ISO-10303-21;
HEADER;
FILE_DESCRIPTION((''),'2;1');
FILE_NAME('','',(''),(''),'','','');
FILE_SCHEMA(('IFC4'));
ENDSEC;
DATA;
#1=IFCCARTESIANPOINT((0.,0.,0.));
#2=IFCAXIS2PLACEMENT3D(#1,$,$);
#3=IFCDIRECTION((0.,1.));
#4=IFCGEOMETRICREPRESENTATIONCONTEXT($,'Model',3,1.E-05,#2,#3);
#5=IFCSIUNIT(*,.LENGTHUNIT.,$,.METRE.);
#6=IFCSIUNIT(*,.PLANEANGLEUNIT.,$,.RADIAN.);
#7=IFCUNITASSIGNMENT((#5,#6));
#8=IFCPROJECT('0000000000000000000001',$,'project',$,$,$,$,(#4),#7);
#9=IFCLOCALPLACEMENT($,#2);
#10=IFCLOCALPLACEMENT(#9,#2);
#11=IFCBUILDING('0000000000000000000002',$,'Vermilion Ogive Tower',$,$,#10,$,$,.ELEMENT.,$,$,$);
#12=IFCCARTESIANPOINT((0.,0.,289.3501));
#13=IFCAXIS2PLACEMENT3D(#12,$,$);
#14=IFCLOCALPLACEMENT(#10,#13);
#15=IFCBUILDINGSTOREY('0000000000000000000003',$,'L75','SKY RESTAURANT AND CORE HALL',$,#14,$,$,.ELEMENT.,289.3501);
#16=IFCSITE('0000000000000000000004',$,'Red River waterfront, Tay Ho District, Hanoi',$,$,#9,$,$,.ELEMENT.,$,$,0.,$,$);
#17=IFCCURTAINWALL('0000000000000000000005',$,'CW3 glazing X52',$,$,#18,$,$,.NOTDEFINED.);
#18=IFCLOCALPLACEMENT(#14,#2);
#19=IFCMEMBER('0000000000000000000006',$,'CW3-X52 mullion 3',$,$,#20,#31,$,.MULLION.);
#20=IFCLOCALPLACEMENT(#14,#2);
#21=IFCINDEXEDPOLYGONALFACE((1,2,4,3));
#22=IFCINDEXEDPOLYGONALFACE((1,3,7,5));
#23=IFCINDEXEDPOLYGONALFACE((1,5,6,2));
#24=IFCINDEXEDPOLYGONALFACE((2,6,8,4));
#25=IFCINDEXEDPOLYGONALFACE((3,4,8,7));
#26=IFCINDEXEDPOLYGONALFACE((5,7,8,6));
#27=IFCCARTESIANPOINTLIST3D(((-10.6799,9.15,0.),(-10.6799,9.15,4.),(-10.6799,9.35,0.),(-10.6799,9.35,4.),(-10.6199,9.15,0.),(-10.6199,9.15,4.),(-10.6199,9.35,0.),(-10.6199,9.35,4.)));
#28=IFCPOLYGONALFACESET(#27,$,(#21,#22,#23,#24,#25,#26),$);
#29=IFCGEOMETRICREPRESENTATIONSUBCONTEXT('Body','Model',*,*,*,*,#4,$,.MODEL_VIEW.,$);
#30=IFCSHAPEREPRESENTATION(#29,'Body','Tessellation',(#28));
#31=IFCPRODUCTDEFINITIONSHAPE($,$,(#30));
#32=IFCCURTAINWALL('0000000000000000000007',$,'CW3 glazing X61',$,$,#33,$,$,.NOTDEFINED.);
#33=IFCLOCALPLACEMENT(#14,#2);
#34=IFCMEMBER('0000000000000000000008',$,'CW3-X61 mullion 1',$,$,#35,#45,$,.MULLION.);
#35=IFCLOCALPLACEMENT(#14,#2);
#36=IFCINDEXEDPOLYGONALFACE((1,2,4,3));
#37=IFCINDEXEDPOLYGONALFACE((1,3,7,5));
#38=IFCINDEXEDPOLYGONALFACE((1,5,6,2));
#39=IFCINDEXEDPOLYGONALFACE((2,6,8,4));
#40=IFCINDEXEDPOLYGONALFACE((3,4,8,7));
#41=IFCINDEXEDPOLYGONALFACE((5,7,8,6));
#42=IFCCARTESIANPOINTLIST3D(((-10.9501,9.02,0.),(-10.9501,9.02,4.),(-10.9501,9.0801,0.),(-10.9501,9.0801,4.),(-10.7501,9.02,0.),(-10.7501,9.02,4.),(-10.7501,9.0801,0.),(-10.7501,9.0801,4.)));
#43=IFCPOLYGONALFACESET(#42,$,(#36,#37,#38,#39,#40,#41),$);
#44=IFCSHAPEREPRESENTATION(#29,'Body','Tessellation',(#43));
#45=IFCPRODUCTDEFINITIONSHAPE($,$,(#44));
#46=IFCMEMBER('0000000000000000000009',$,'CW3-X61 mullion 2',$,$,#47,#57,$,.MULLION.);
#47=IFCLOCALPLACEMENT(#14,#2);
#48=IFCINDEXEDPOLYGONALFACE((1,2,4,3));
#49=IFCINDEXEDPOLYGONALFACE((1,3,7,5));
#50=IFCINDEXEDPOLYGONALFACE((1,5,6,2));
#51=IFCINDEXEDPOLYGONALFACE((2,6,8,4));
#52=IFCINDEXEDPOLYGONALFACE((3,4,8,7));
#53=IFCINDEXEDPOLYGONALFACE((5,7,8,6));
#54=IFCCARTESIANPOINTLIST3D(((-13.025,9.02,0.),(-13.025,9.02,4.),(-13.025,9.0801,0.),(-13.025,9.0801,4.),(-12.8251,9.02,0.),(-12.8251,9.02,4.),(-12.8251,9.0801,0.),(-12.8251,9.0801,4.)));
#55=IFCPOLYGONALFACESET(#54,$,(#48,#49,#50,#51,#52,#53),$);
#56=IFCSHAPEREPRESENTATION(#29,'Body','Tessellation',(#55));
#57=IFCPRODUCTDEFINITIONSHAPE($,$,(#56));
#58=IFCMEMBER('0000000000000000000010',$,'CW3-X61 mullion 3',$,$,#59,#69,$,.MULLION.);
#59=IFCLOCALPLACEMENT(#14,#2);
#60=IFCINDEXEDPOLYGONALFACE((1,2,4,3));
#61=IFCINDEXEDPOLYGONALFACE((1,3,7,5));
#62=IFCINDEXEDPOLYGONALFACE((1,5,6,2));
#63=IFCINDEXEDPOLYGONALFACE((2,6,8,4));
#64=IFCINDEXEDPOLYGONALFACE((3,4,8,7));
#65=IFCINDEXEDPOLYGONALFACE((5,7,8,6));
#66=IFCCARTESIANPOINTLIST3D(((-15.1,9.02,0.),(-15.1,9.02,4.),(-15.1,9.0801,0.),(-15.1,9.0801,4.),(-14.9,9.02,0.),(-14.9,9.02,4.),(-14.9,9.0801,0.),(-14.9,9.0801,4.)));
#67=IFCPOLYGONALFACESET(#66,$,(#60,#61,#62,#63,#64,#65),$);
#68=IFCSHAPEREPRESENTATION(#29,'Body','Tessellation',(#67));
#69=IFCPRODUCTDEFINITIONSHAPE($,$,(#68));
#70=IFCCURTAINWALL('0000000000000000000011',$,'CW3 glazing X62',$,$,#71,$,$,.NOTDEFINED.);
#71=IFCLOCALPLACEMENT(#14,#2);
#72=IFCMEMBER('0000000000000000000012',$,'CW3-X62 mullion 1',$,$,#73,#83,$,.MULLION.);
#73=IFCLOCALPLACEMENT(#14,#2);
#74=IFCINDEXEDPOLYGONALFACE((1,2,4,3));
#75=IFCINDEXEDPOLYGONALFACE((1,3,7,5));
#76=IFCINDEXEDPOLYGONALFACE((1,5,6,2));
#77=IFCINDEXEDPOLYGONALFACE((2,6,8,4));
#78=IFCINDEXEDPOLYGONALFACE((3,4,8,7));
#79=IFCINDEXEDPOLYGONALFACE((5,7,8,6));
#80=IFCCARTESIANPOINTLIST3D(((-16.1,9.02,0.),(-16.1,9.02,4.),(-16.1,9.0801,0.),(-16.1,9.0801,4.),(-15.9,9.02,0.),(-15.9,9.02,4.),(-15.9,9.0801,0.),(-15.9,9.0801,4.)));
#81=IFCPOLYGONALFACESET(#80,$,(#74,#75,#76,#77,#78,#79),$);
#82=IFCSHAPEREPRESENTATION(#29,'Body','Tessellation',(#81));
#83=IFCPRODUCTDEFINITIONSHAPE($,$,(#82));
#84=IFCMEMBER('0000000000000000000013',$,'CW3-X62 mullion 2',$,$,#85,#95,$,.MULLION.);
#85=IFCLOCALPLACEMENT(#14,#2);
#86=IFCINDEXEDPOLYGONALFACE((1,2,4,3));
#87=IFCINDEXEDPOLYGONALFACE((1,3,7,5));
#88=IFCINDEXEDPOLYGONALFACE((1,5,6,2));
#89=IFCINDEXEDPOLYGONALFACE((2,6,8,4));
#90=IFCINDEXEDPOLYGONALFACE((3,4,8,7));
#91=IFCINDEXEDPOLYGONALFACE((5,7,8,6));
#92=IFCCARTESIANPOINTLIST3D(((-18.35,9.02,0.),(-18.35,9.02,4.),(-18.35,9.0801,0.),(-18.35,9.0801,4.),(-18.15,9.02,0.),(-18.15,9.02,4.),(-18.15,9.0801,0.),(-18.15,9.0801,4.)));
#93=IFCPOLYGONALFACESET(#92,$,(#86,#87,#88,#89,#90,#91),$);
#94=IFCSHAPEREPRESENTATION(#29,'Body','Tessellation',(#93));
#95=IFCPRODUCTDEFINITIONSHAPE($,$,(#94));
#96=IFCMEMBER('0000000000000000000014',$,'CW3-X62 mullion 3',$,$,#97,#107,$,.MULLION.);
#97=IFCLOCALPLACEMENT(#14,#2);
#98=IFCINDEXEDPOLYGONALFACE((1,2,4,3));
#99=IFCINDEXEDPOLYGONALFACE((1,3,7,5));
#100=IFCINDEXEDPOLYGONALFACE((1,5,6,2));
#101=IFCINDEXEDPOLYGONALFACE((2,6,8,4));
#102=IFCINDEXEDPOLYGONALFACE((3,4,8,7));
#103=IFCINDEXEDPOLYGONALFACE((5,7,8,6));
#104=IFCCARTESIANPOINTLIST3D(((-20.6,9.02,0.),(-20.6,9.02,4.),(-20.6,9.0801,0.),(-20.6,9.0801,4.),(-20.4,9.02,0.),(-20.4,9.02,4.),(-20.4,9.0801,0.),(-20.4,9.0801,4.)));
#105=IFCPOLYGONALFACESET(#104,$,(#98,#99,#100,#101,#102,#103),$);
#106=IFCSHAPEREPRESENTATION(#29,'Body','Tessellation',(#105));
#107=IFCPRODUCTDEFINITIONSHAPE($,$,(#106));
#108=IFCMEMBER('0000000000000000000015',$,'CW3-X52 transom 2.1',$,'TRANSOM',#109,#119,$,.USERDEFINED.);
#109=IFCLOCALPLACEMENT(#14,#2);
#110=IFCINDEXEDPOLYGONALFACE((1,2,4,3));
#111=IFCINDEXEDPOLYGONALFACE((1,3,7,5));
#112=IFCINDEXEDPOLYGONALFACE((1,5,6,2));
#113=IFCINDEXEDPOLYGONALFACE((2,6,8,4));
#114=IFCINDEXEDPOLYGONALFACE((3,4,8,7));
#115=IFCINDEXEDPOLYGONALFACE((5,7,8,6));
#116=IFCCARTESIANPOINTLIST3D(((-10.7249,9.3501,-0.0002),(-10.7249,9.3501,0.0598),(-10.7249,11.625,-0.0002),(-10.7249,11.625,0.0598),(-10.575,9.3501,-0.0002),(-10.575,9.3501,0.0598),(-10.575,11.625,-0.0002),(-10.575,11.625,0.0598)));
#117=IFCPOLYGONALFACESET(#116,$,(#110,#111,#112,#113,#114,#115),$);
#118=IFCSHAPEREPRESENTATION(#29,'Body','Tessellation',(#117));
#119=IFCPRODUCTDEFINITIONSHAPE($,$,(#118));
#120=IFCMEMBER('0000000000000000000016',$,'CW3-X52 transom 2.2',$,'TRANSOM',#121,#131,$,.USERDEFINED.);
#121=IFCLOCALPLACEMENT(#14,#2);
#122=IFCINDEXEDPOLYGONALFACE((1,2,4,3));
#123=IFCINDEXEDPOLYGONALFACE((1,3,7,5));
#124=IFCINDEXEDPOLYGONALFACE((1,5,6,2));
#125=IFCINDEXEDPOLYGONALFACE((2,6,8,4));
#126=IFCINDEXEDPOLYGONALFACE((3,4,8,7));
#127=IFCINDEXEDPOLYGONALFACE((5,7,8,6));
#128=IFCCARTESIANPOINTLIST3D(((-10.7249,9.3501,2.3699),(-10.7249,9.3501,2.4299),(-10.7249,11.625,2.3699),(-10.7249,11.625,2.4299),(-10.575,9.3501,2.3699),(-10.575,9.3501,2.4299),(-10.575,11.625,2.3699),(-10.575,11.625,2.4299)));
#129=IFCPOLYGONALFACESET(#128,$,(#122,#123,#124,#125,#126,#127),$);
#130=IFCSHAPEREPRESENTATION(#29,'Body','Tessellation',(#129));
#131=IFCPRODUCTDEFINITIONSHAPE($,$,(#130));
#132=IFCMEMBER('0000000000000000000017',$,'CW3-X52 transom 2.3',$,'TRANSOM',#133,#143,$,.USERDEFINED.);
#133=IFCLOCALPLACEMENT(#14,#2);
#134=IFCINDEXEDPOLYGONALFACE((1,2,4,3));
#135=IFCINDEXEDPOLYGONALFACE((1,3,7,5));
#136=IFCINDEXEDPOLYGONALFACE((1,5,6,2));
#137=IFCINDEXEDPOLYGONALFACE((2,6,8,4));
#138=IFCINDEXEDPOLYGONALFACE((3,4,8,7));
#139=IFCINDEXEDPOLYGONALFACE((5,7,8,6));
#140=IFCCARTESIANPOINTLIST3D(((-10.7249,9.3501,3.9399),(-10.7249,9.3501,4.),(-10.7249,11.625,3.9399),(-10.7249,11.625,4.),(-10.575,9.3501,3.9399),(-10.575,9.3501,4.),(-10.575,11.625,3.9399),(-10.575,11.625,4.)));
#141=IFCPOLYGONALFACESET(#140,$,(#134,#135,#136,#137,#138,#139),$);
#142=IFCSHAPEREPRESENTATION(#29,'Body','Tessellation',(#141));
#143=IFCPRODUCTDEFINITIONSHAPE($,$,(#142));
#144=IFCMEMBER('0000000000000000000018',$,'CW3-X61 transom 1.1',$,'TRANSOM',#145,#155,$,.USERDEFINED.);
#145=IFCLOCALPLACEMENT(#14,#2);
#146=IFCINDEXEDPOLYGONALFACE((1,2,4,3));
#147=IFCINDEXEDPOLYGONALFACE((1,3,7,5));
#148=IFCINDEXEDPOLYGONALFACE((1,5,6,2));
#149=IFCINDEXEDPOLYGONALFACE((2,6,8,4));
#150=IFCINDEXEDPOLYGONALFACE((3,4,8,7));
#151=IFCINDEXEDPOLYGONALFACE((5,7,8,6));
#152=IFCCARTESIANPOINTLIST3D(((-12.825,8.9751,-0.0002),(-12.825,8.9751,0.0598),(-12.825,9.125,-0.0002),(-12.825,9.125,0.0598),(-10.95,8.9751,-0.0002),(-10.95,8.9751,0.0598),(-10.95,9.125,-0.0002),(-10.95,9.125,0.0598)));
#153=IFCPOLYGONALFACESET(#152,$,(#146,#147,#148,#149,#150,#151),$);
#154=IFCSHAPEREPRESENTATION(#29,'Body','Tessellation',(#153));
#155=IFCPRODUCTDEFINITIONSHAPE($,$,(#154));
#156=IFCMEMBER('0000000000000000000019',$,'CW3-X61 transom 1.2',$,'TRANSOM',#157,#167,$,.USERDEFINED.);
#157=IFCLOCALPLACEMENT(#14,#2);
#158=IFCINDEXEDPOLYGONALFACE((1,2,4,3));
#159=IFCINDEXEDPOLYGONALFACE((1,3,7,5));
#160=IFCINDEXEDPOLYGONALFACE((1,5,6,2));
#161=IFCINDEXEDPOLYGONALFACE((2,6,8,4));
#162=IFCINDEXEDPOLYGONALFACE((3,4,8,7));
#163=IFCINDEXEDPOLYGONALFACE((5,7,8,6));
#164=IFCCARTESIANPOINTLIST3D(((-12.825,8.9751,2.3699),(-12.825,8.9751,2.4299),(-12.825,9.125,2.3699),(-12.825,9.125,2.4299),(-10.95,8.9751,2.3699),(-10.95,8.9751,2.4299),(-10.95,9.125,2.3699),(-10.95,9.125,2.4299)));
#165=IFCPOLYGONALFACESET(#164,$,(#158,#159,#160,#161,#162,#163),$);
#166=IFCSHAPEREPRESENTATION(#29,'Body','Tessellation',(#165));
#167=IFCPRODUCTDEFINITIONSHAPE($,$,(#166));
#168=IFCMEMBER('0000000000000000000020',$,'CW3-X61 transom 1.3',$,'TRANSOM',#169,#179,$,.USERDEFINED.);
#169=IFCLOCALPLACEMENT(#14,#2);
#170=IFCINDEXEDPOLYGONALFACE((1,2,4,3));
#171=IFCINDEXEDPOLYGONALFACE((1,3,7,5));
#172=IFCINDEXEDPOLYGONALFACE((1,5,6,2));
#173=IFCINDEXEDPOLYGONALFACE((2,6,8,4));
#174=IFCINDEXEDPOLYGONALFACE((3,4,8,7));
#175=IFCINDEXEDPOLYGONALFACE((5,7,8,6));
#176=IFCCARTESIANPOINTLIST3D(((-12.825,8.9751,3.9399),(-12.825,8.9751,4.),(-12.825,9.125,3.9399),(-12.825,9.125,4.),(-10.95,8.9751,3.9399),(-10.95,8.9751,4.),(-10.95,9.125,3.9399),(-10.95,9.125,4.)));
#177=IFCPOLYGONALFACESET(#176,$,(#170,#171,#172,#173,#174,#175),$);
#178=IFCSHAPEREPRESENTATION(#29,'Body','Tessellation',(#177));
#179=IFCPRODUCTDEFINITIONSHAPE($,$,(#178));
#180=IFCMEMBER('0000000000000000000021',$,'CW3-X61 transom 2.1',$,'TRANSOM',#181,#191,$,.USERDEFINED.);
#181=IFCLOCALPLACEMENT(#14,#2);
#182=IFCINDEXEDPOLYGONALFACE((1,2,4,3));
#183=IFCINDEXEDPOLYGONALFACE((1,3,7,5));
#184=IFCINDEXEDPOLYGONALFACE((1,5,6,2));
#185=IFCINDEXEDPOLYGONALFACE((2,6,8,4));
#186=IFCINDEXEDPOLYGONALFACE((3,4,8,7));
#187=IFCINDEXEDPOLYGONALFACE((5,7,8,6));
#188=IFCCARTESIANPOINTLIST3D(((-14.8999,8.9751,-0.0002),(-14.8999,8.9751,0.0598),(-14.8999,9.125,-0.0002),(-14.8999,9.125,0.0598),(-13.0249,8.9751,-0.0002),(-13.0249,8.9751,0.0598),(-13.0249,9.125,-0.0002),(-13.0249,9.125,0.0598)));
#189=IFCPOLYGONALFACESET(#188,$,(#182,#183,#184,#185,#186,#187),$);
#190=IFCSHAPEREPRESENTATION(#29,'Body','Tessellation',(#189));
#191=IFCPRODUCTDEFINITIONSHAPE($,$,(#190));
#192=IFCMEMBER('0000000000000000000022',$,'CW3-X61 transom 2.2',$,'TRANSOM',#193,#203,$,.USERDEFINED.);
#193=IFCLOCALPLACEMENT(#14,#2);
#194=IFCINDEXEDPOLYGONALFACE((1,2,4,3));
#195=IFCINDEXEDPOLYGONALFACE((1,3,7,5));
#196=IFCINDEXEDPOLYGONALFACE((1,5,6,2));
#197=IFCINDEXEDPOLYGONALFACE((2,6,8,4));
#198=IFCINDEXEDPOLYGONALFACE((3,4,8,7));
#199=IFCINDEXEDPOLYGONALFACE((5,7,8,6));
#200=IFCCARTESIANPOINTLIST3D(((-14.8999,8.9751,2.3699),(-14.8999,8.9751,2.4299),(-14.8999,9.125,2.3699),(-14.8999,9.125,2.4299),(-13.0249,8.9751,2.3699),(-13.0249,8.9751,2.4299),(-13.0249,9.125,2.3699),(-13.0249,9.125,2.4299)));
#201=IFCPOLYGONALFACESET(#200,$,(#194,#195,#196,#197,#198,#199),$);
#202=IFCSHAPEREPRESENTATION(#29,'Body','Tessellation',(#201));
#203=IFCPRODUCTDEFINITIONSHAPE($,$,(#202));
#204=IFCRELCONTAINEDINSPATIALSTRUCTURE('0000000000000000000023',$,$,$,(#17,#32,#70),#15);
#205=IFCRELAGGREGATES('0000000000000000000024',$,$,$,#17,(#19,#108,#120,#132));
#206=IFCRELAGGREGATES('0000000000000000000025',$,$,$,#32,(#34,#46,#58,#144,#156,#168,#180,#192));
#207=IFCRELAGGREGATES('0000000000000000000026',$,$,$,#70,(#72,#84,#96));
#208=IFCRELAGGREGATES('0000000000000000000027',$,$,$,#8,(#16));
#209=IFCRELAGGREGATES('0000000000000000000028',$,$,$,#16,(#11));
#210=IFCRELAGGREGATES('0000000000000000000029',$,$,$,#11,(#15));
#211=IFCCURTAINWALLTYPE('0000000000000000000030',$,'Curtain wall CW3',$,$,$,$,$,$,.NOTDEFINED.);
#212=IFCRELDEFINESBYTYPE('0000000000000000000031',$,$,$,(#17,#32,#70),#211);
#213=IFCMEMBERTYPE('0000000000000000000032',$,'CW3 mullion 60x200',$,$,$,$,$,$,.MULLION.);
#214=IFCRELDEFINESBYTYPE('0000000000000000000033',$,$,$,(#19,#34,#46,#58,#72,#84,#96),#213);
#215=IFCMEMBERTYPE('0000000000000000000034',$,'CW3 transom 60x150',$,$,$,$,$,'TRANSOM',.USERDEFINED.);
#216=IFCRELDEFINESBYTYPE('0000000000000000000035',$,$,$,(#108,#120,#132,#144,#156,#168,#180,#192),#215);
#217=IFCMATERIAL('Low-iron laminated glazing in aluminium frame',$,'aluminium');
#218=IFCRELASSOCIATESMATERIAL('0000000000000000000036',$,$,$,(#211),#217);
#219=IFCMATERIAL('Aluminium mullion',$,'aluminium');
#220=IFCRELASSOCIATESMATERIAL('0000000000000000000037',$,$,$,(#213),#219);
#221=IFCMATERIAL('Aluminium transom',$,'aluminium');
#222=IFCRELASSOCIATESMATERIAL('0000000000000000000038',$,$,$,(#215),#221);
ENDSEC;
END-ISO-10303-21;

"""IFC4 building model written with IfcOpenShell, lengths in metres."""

from ifc_helpers import new_model, si_unit, direction, frame, origin, origin_2d, place, context, subcontext, project, spatial, rectangle, extrude, material, material_profile, profile_set, type_object, element, aggregate, save


model = new_model("IFC4")

# Units and contexts
model_context = context("Model", 3, precision=1e-05, world=origin(), true_north=direction((0.0, 1.0)))
body_context = subcontext(model_context, "Body", "Model", "MODEL_VIEW")
ifc_project = project(units=[si_unit("LENGTHUNIT", "METRE"), si_unit("PLANEANGLEUNIT", "RADIAN")], contexts=[model_context])

# Site, building, storey
site_placement = place(None, origin())
site = spatial("IfcSite", under=ifc_project, at=site_placement, Name="Red River waterfront, Tay Ho District, Hanoi", CompositionType="ELEMENT", RefElevation=0.0)
building_placement = place(site_placement, origin())
building = spatial("IfcBuilding", under=site, at=building_placement, Name="Vermilion Ogive Tower", CompositionType="ELEMENT")
storey_placement = place(building_placement, frame((0.0, 0.0, 289.3501)))
storey = spatial("IfcBuildingStorey", under=building, at=storey_placement, Name="L75", Description="SKY RESTAURANT AND CORE HALL", CompositionType="ELEMENT", Elevation=289.3501)

# Curtain wall, member
ifc_material_1 = material(Name="Low-iron laminated glazing in aluminium frame", Category="aluminium")
curtain_wall_type = type_object("IfcCurtainWallType", Name="Curtain wall CW3", PredefinedType="NOTDEFINED", material=ifc_material_1)
curtain_wall_1_placement = place(storey_placement, origin())
curtain_wall_1 = element("IfcCurtainWall", 1, at=curtain_wall_1_placement, inside=storey, type_object=curtain_wall_type, Name="CW3 glazing X52", PredefinedType="NOTDEFINED")
ifc_material_2 = material(Name="Aluminium mullion", Category="aluminium")
ifc_material_profile_1 = material_profile(ifc_material_2, rectangle(XDim=0.0601, YDim=0.2, at=origin_2d()), Name="AL 60x200")
ifc_profile_set_1 = profile_set([ifc_material_profile_1], Name="Aluminium mullion")
member_type_1 = type_object("IfcMemberType", Name="CW3 mullion 60x200", PredefinedType="MULLION", material=ifc_profile_set_1)
member_1_placement = place(storey_placement, frame((-10.6499, 9.25, 0.0), z_axis=(0.0, 0.0, 1.0), x_axis=(1.0, 0.0, 0.0)))
member_1 = element("IfcMember", 2, at=member_1_placement, type_object=member_type_1, Name="CW3-X52 mullion 3", PredefinedType="MULLION", context=body_context, shape_type="SweptSolid", body=[
    extrude(rectangle(XDim=0.0601, YDim=0.2, at=origin_2d()), origin(), (0.0, 0.0, 1.0), 4.0),
])

# Curtain walls, members
curtain_wall_2_placement = place(storey_placement, origin())
curtain_wall_2 = element("IfcCurtainWall", 3, at=curtain_wall_2_placement, inside=storey, type_object=curtain_wall_type, Name="CW3 glazing X61", PredefinedType="NOTDEFINED")
member_2_placement = place(storey_placement, frame((-10.8501, 9.05, 0.0), z_axis=(0.0, 0.0, 1.0), x_axis=(0.0, -1.0, 0.0)))
member_2 = element("IfcMember", 4, at=member_2_placement, type_object=member_type_1, Name="CW3-X61 mullion 1", PredefinedType="MULLION", context=body_context, shape_type="SweptSolid", body=[
    extrude(rectangle(XDim=0.0601, YDim=0.2, at=origin_2d()), origin(), (0.0, 0.0, 1.0), 4.0),
])
member_3_placement = place(storey_placement, frame((-12.925, 9.05, 0.0), z_axis=(0.0, 0.0, 1.0), x_axis=(0.0, -1.0, 0.0)))
member_3 = element("IfcMember", 5, at=member_3_placement, type_object=member_type_1, Name="CW3-X61 mullion 2", PredefinedType="MULLION", context=body_context, shape_type="SweptSolid", body=[
    extrude(rectangle(XDim=0.0601, YDim=0.2, at=origin_2d()), origin(), (0.0, 0.0, 1.0), 4.0),
])
member_4_placement = place(storey_placement, frame((-15.0, 9.05, 0.0), z_axis=(0.0, 0.0, 1.0), x_axis=(0.0, -1.0, 0.0)))
member_4 = element("IfcMember", 6, at=member_4_placement, type_object=member_type_1, Name="CW3-X61 mullion 3", PredefinedType="MULLION", context=body_context, shape_type="SweptSolid", body=[
    extrude(rectangle(XDim=0.0601, YDim=0.2, at=origin_2d()), origin(), (0.0, 0.0, 1.0), 4.0),
])
curtain_wall_3_placement = place(storey_placement, origin())
curtain_wall_3 = element("IfcCurtainWall", 7, at=curtain_wall_3_placement, inside=storey, type_object=curtain_wall_type, Name="CW3 glazing X62", PredefinedType="NOTDEFINED")
member_5_placement = place(storey_placement, frame((-16.0, 9.05, 0.0), z_axis=(0.0, 0.0, 1.0), x_axis=(0.0, -1.0, 0.0)))
member_5 = element("IfcMember", 8, at=member_5_placement, type_object=member_type_1, Name="CW3-X62 mullion 1", PredefinedType="MULLION", context=body_context, shape_type="SweptSolid", body=[
    extrude(rectangle(XDim=0.0601, YDim=0.2, at=origin_2d()), origin(), (0.0, 0.0, 1.0), 4.0),
])
member_6_placement = place(storey_placement, frame((-18.25, 9.05, 0.0), z_axis=(0.0, 0.0, 1.0), x_axis=(0.0, -1.0, 0.0)))
member_6 = element("IfcMember", 9, at=member_6_placement, type_object=member_type_1, Name="CW3-X62 mullion 2", PredefinedType="MULLION", context=body_context, shape_type="SweptSolid", body=[
    extrude(rectangle(XDim=0.0601, YDim=0.2, at=origin_2d()), origin(), (0.0, 0.0, 1.0), 4.0),
])
member_7_placement = place(storey_placement, frame((-20.5, 9.05, 0.0), z_axis=(0.0, 0.0, 1.0), x_axis=(0.0, -1.0, 0.0)))
member_7 = element("IfcMember", 10, at=member_7_placement, type_object=member_type_1, Name="CW3-X62 mullion 3", PredefinedType="MULLION", context=body_context, shape_type="SweptSolid", body=[
    extrude(rectangle(XDim=0.0601, YDim=0.2, at=origin_2d()), origin(), (0.0, 0.0, 1.0), 4.0),
])

# Members
ifc_material_3 = material(Name="Aluminium transom", Category="aluminium")
ifc_material_profile_2 = material_profile(ifc_material_3, rectangle(XDim=0.1499, YDim=0.0601, at=origin_2d()), Name="AL 60x150")
ifc_profile_set_2 = profile_set([ifc_material_profile_2], Name="Aluminium transom")
member_type_2 = type_object("IfcMemberType", Name="CW3 transom 60x150", ElementType="TRANSOM", PredefinedType="USERDEFINED", material=ifc_profile_set_2)
member_8_placement = place(storey_placement, frame((-10.6499, 11.625, 0.0298), z_axis=(0.0, -1.0, 0.0), x_axis=(1.0, 0.0, 0.0)))
member_8 = element("IfcMember", 11, at=member_8_placement, type_object=member_type_2, Name="CW3-X52 transom 2.1", ObjectType="TRANSOM", PredefinedType="USERDEFINED", context=body_context, shape_type="SweptSolid", body=[
    extrude(rectangle(XDim=0.1499, YDim=0.0601, at=origin_2d()), origin(), (0.0, 0.0, 1.0), 2.2749),
])
member_9_placement = place(storey_placement, frame((-10.6499, 11.625, 2.3999), z_axis=(0.0, -1.0, 0.0), x_axis=(1.0, 0.0, 0.0)))
member_9 = element("IfcMember", 12, at=member_9_placement, type_object=member_type_2, Name="CW3-X52 transom 2.2", ObjectType="TRANSOM", PredefinedType="USERDEFINED", context=body_context, shape_type="SweptSolid", body=[
    extrude(rectangle(XDim=0.1499, YDim=0.0601, at=origin_2d()), origin(), (0.0, 0.0, 1.0), 2.2749),
])
member_10_placement = place(storey_placement, frame((-10.6499, 11.625, 3.97), z_axis=(0.0, -1.0, 0.0), x_axis=(1.0, 0.0, 0.0)))
member_10 = element("IfcMember", 13, at=member_10_placement, type_object=member_type_2, Name="CW3-X52 transom 2.3", ObjectType="TRANSOM", PredefinedType="USERDEFINED", context=body_context, shape_type="SweptSolid", body=[
    extrude(rectangle(XDim=0.1499, YDim=0.0601, at=origin_2d()), origin(), (0.0, 0.0, 1.0), 2.2749),
])
member_11_placement = place(storey_placement, frame((-10.95, 9.05, 0.0298), z_axis=(-1.0, 0.0, 0.0), x_axis=(0.0, -1.0, 0.0)))
member_11 = element("IfcMember", 14, at=member_11_placement, type_object=member_type_2, Name="CW3-X61 transom 1.1", ObjectType="TRANSOM", PredefinedType="USERDEFINED", context=body_context, shape_type="SweptSolid", body=[
    extrude(rectangle(XDim=0.1499, YDim=0.0601, at=origin_2d()), origin(), (0.0, 0.0, 1.0), 1.875),
])
member_12_placement = place(storey_placement, frame((-10.95, 9.05, 2.3999), z_axis=(-1.0, 0.0, 0.0), x_axis=(0.0, -1.0, 0.0)))
member_12 = element("IfcMember", 15, at=member_12_placement, type_object=member_type_2, Name="CW3-X61 transom 1.2", ObjectType="TRANSOM", PredefinedType="USERDEFINED", context=body_context, shape_type="SweptSolid", body=[
    extrude(rectangle(XDim=0.1499, YDim=0.0601, at=origin_2d()), origin(), (0.0, 0.0, 1.0), 1.875),
])
member_13_placement = place(storey_placement, frame((-10.95, 9.05, 3.97), z_axis=(-1.0, 0.0, 0.0), x_axis=(0.0, -1.0, 0.0)))
member_13 = element("IfcMember", 16, at=member_13_placement, type_object=member_type_2, Name="CW3-X61 transom 1.3", ObjectType="TRANSOM", PredefinedType="USERDEFINED", context=body_context, shape_type="SweptSolid", body=[
    extrude(rectangle(XDim=0.1499, YDim=0.0601, at=origin_2d()), origin(), (0.0, 0.0, 1.0), 1.875),
])
member_14_placement = place(storey_placement, frame((-13.0249, 9.05, 0.0298), z_axis=(-1.0, 0.0, 0.0), x_axis=(0.0, -1.0, 0.0)))
member_14 = element("IfcMember", 17, at=member_14_placement, type_object=member_type_2, Name="CW3-X61 transom 2.1", ObjectType="TRANSOM", PredefinedType="USERDEFINED", context=body_context, shape_type="SweptSolid", body=[
    extrude(rectangle(XDim=0.1499, YDim=0.0601, at=origin_2d()), origin(), (0.0, 0.0, 1.0), 1.875),
])
member_15_placement = place(storey_placement, frame((-13.0249, 9.05, 2.3999), z_axis=(-1.0, 0.0, 0.0), x_axis=(0.0, -1.0, 0.0)))
member_15 = element("IfcMember", 18, at=member_15_placement, type_object=member_type_2, Name="CW3-X61 transom 2.2", ObjectType="TRANSOM", PredefinedType="USERDEFINED", context=body_context, shape_type="SweptSolid", body=[
    extrude(rectangle(XDim=0.1499, YDim=0.0601, at=origin_2d()), origin(), (0.0, 0.0, 1.0), 1.875),
])

aggregate(curtain_wall_1, [member_1, member_8, member_9, member_10])
aggregate(curtain_wall_2, [member_2, member_3, member_4, member_11, member_12, member_13, member_14, member_15])
aggregate(curtain_wall_3, [member_5, member_6, member_7])

save(model, "model.ifc")
